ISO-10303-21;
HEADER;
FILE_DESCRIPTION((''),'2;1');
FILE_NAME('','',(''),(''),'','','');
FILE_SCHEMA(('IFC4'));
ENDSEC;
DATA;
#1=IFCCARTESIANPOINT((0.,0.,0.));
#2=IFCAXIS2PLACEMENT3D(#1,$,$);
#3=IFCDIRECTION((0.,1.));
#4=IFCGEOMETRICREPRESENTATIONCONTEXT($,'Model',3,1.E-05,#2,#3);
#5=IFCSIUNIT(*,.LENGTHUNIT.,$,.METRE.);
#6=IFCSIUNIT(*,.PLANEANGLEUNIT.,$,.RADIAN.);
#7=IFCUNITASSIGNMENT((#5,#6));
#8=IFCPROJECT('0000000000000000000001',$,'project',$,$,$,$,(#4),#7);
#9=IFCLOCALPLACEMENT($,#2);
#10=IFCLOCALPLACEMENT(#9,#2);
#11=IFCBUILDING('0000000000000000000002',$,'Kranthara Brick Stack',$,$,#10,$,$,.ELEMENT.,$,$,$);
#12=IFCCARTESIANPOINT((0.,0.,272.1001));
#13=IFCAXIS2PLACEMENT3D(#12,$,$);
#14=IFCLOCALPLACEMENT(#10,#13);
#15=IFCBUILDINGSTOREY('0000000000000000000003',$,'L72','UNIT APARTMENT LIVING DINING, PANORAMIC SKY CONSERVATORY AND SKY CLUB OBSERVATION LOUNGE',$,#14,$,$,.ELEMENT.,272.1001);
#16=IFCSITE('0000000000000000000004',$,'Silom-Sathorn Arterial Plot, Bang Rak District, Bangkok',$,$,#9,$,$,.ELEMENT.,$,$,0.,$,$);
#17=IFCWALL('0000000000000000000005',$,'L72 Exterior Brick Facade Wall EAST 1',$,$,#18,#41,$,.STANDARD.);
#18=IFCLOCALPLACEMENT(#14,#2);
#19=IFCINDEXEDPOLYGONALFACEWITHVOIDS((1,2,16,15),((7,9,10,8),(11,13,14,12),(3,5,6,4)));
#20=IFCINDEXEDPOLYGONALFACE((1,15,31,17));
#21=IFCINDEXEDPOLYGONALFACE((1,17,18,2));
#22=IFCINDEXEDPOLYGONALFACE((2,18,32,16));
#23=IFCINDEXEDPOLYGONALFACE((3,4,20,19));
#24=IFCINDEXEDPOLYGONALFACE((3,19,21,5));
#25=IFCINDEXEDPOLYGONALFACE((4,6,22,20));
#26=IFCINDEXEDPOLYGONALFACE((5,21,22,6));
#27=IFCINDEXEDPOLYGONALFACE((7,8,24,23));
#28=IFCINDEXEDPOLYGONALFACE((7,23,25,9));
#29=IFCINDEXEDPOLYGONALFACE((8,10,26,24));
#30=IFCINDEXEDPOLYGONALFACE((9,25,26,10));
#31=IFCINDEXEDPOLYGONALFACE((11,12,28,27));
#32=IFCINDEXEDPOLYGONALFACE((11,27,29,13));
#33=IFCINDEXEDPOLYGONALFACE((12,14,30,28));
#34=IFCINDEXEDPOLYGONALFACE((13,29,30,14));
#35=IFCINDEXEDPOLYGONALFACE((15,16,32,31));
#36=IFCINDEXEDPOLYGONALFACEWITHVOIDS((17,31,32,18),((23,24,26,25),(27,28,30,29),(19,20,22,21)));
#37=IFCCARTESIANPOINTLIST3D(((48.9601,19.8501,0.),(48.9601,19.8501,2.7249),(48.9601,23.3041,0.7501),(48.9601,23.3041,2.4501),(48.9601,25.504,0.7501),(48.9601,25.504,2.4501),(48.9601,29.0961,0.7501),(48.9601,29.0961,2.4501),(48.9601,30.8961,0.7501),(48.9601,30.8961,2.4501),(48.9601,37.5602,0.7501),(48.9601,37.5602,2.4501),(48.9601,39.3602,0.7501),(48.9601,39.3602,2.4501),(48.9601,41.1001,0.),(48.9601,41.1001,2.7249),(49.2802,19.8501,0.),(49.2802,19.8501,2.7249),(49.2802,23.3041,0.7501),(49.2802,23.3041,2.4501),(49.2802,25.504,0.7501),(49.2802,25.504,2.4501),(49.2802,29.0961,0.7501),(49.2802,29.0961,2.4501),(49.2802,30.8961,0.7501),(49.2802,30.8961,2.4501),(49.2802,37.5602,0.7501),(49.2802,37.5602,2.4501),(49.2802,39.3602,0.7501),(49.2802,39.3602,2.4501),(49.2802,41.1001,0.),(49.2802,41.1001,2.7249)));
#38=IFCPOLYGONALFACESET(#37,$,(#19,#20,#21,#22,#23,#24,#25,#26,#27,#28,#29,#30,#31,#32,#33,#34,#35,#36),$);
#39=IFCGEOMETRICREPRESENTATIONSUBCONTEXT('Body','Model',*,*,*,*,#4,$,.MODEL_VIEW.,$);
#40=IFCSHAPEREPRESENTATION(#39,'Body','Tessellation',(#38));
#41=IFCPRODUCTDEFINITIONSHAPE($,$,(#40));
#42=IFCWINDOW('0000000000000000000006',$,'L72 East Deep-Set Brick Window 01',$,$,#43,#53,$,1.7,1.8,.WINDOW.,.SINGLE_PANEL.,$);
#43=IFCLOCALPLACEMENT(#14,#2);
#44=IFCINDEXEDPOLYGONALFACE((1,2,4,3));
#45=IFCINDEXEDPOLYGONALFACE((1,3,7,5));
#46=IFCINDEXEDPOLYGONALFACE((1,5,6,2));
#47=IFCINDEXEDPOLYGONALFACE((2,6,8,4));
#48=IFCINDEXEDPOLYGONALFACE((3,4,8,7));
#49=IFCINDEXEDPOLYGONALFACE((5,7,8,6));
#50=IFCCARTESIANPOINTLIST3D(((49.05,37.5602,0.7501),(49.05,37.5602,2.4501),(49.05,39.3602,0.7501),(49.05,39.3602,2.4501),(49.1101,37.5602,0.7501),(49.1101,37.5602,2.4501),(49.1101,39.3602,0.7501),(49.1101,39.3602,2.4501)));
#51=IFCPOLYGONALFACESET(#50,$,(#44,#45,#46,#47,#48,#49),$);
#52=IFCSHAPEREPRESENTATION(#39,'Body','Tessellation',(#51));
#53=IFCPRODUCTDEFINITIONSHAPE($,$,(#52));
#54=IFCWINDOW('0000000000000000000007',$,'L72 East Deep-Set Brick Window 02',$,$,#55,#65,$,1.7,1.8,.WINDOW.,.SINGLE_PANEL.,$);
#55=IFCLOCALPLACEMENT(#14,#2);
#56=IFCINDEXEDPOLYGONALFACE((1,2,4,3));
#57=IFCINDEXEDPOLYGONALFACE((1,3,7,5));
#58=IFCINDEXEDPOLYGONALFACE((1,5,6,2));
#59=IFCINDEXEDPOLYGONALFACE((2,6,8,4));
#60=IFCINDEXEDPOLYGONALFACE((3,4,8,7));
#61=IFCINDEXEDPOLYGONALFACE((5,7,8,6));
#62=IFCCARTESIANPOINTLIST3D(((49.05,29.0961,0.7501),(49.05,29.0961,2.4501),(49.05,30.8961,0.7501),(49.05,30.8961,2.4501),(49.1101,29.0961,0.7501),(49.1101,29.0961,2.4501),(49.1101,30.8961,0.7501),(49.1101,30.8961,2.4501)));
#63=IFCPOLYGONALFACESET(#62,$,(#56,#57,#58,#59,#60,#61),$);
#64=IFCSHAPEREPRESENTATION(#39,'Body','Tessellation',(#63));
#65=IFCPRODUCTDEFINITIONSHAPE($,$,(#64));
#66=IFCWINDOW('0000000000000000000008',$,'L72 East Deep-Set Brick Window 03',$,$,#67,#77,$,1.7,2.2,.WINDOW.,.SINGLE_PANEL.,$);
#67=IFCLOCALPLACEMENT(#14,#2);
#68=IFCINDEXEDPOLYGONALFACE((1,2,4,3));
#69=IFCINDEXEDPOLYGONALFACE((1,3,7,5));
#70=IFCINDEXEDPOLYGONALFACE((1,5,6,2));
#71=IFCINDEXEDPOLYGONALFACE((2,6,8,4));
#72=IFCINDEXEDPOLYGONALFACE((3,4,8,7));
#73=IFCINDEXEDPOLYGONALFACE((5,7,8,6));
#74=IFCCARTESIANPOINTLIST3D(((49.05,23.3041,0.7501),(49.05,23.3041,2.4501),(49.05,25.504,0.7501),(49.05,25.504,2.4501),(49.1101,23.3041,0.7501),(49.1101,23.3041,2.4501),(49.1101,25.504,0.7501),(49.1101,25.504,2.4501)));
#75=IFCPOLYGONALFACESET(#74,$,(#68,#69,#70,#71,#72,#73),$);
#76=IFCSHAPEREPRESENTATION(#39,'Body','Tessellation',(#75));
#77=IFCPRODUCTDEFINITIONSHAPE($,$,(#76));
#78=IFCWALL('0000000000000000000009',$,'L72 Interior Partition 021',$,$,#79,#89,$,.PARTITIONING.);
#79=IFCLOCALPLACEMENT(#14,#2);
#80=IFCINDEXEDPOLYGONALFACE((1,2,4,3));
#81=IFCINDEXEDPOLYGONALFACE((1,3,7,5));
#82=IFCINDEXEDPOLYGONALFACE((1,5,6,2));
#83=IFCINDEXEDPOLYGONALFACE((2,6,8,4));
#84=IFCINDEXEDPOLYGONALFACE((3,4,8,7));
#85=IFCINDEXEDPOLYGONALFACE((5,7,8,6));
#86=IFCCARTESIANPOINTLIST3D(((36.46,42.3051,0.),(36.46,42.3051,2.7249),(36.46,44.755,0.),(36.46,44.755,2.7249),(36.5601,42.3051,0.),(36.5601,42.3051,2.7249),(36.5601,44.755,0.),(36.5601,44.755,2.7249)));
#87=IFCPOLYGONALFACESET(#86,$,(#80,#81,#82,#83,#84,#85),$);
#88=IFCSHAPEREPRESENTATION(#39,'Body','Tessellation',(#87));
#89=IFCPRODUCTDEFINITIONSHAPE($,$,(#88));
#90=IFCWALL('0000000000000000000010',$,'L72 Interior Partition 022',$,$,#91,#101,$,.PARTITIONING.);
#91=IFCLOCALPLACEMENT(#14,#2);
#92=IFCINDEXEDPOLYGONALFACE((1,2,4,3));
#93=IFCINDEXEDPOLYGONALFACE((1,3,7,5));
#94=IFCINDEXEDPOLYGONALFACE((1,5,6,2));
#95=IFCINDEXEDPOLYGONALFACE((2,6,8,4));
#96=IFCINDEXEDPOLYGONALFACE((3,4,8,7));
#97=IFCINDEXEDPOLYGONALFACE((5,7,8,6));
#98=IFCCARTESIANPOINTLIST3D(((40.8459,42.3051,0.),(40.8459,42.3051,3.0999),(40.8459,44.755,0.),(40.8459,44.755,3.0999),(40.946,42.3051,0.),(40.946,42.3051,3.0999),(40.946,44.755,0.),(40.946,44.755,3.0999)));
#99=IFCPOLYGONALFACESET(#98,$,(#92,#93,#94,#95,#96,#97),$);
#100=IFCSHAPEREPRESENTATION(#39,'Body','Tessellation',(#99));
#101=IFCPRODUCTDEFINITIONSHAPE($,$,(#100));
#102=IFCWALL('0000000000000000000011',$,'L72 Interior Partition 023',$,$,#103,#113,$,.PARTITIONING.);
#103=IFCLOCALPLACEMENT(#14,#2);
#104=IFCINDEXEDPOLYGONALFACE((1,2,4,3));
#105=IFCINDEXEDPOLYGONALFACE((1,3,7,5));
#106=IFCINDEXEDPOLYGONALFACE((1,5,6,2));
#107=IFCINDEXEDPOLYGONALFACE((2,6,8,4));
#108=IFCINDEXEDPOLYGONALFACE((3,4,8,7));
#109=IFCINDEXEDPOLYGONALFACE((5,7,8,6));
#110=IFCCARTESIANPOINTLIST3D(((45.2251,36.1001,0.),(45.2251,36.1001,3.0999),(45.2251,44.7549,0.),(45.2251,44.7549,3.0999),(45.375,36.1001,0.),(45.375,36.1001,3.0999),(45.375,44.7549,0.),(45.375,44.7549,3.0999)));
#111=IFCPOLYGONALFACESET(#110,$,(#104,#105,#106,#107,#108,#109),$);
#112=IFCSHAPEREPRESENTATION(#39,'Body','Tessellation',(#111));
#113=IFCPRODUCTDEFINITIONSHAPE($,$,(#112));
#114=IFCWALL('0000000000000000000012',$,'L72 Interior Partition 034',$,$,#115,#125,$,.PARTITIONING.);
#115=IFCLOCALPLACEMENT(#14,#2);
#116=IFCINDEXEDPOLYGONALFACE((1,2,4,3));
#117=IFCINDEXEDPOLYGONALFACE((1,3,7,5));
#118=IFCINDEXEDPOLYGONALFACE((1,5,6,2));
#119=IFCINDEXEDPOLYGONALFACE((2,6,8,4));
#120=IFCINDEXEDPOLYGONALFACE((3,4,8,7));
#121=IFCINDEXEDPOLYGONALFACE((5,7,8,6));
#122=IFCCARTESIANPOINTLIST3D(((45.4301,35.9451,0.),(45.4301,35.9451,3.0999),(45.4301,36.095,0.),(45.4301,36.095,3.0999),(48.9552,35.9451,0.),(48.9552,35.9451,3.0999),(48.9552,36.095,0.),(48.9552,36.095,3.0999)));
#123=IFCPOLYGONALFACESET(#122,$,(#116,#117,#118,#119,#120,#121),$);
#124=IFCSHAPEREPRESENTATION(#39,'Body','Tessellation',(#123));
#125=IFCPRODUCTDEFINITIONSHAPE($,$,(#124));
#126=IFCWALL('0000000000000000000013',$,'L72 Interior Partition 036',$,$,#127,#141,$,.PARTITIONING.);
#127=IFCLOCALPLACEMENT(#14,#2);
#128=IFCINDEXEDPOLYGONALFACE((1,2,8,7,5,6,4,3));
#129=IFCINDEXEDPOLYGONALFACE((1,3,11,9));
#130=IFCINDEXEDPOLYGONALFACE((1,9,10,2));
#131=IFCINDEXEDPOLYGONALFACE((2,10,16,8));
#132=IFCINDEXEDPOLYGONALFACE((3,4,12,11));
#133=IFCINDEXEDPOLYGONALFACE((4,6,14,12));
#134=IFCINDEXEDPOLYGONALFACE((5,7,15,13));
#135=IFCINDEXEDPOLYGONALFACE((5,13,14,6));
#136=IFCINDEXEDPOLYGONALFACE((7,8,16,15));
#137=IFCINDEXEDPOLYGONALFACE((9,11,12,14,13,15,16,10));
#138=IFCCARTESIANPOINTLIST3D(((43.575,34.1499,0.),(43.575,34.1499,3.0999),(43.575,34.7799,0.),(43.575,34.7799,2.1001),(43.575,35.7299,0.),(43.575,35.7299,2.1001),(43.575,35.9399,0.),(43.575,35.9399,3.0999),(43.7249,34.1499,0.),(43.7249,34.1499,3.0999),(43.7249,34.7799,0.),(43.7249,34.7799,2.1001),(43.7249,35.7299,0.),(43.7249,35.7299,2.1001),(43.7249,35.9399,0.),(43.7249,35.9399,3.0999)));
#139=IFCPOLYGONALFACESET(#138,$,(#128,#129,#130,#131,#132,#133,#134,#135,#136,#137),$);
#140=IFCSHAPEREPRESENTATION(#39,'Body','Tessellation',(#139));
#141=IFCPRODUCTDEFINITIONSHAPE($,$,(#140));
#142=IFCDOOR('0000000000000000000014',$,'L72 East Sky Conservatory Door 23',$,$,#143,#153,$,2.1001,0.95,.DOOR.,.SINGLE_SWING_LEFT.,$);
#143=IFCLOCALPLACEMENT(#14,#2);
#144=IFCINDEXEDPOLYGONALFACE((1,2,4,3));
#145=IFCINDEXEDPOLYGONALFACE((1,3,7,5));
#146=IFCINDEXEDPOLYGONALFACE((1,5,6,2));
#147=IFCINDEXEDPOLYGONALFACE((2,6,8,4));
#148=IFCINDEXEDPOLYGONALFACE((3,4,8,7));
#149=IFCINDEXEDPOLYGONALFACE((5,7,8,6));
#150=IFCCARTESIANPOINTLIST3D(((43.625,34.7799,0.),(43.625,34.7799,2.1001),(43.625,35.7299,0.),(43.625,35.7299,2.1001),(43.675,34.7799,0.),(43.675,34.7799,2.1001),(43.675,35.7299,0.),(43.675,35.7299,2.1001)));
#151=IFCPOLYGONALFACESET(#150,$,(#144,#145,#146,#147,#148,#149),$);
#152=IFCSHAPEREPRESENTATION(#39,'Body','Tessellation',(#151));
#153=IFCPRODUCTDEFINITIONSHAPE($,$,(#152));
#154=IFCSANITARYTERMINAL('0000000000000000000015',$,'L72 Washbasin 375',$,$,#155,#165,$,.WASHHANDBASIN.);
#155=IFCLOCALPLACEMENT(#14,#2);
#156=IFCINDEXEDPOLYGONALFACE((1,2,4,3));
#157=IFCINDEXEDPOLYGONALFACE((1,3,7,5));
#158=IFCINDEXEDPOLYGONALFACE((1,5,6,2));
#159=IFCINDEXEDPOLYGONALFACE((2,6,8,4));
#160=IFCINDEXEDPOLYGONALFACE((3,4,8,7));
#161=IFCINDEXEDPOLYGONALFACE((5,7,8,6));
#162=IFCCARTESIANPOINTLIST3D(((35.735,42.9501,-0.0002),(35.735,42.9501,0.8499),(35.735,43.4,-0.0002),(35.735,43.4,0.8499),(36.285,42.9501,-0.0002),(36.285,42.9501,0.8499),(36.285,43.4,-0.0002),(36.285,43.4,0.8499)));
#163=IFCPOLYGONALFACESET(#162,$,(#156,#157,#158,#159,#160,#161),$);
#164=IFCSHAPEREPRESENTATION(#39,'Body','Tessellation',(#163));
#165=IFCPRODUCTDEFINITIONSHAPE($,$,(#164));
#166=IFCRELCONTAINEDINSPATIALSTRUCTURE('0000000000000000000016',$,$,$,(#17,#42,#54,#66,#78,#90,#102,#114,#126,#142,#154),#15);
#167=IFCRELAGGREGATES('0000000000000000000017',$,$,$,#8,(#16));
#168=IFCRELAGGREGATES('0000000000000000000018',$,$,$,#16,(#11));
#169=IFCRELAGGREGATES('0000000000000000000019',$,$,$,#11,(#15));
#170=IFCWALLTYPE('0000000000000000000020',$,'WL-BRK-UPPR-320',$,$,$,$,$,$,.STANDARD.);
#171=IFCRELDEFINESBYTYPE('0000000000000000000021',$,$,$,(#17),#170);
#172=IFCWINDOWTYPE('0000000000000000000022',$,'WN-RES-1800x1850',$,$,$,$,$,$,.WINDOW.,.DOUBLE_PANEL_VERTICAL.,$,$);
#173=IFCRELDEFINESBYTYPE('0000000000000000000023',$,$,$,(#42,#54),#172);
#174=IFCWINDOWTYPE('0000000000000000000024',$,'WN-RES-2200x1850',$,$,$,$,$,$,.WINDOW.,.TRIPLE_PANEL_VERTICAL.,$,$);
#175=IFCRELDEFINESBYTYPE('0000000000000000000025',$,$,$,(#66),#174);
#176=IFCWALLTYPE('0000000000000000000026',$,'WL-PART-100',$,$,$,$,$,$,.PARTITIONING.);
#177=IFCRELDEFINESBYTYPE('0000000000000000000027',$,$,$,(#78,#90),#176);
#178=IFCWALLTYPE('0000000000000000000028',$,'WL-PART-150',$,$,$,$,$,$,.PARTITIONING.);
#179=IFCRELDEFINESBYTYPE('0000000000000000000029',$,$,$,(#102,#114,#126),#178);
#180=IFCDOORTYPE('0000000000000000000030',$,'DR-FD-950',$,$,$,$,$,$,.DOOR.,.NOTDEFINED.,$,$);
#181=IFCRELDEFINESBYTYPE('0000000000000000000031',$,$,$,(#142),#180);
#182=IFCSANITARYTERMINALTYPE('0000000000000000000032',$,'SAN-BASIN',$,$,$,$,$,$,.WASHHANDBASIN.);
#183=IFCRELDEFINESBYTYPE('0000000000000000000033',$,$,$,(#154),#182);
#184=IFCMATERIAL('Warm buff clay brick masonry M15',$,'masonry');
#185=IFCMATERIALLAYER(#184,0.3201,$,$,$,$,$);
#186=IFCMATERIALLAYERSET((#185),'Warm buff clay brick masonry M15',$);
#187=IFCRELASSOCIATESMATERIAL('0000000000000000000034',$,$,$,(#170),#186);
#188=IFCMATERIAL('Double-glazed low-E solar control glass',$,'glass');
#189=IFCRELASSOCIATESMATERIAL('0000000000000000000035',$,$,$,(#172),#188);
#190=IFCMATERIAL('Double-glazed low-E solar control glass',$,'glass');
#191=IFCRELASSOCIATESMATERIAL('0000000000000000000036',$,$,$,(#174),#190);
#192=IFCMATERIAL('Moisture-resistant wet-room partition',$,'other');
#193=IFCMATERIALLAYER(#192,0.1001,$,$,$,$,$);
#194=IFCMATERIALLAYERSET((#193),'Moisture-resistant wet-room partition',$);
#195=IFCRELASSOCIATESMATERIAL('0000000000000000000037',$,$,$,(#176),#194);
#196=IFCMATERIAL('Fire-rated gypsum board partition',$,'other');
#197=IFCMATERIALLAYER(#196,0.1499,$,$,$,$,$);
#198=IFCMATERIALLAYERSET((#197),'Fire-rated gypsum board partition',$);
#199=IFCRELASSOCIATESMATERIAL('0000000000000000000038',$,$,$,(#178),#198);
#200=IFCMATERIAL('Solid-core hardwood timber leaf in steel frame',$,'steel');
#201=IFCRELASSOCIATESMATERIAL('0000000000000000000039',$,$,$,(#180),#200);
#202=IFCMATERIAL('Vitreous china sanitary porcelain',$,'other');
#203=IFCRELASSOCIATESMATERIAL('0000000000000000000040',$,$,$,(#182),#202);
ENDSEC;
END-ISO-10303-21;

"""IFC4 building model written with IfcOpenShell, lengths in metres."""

from ifc_helpers import new_model, si_unit, direction, frame, frame_2d, origin, origin_2d, place, context, subcontext, project, spatial, rectangle, extrude, material, layer, layer_set, type_object, element, fill, save


model = new_model("IFC4")

# Units and contexts
model_context = context("Model", 3, precision=1e-05, world=origin(), true_north=direction((0.0, 1.0)))
body_context = subcontext(model_context, "Body", "Model", "MODEL_VIEW")
ifc_project = project(units=[si_unit("LENGTHUNIT", "METRE"), si_unit("PLANEANGLEUNIT", "RADIAN")], contexts=[model_context])

# Site, building, storey
site_placement = place(None, origin())
site = spatial("IfcSite", under=ifc_project, at=site_placement, Name="Silom-Sathorn Arterial Plot, Bang Rak District, Bangkok", CompositionType="ELEMENT", RefElevation=0.0)
building_placement = place(site_placement, origin())
building = spatial("IfcBuilding", under=site, at=building_placement, Name="Kranthara Brick Stack", CompositionType="ELEMENT")
storey_placement = place(building_placement, frame((0.0, 0.0, 272.1001)))
storey = spatial("IfcBuildingStorey", under=building, at=storey_placement, Name="L72", Description="UNIT APARTMENT LIVING DINING, PANORAMIC SKY CONSERVATORY AND SKY CLUB OBSERVATION LOUNGE", CompositionType="ELEMENT", Elevation=272.1001)

# Shared definitions
ifc_material_1 = material(Name="Warm buff clay brick masonry M15", Category="masonry")
ifc_layer_1 = layer(ifc_material_1, 0.3201)
ifc_layer_set_1 = layer_set([ifc_layer_1], Name="Warm buff clay brick masonry M15")
wall_type_1 = type_object("IfcWallType", Name="WL-BRK-UPPR-320", PredefinedType="STANDARD", material=ifc_layer_set_1)

# Wall, openings, windows
wall_1_placement = place(storey_placement, frame((49.1201, 41.1001, 0.0), z_axis=(0.0, 0.0, 1.0), x_axis=(0.0, -1.0, 0.0)))
wall_1 = element("IfcWall", 1, at=wall_1_placement, inside=storey, type_object=wall_type_1, Name="L72 Exterior Brick Facade Wall EAST 1", PredefinedType="STANDARD", context=body_context, shape_type="SweptSolid", body=[
    extrude(rectangle(XDim=21.25, YDim=0.3201, at=frame_2d((10.625, 0.0))), origin(), (0.0, 0.0, 1.0), 2.7249),
])
opening_1_placement = place(wall_1_placement, frame((1.74, 0.0, 0.75)))
opening_1 = element("IfcOpeningElement", 2, at=opening_1_placement, cuts=wall_1, PredefinedType="OPENING", context=body_context, shape_type="SweptSolid", body=[
    extrude(rectangle(XDim=1.8, YDim=1.7, at=frame_2d((0.8999, 0.8501))), frame((0.0, 0.1699, 0.0), z_axis=(0.0, -1.0, 0.0), x_axis=(1.0, 0.0, 0.0)), (0.0, 0.0, 1.0), 0.3401),
])
opening_2_placement = place(wall_1_placement, frame((10.2041, 0.0, 0.75)))
opening_2 = element("IfcOpeningElement", 3, at=opening_2_placement, cuts=wall_1, PredefinedType="OPENING", context=body_context, shape_type="SweptSolid", body=[
    extrude(rectangle(XDim=1.8, YDim=1.7, at=frame_2d((0.8999, 0.8501))), frame((0.0, 0.1699, 0.0), z_axis=(0.0, -1.0, 0.0), x_axis=(1.0, 0.0, 0.0)), (0.0, 0.0, 1.0), 0.3401),
])
opening_3_placement = place(wall_1_placement, frame((15.5959, 0.0, 0.75)))
opening_3 = element("IfcOpeningElement", 4, at=opening_3_placement, cuts=wall_1, PredefinedType="OPENING", context=body_context, shape_type="SweptSolid", body=[
    extrude(rectangle(XDim=2.2, YDim=1.7, at=frame_2d((1.1001, 0.8501))), frame((0.0, 0.1699, 0.0), z_axis=(0.0, -1.0, 0.0), x_axis=(1.0, 0.0, 0.0)), (0.0, 0.0, 1.0), 0.3401),
])
ifc_material_2 = material(Name="Double-glazed low-E solar control glass", Category="glass")
window_type_1 = type_object("IfcWindowType", Name="WN-RES-1800x1850", PartitioningType="DOUBLE_PANEL_VERTICAL", PredefinedType="WINDOW", material=ifc_material_2)
window_1_placement = place(opening_1_placement, origin())
window_1 = element("IfcWindow", 5, at=window_1_placement, inside=storey, type_object=window_type_1, Name="L72 East Deep-Set Brick Window 01", OverallHeight=1.7, OverallWidth=1.8, PartitioningType="SINGLE_PANEL", PredefinedType="WINDOW", context=body_context, shape_type="SweptSolid", body=[
    extrude(rectangle(XDim=1.8, YDim=1.7, at=frame_2d((0.8999, 0.8501))), frame((0.0, -0.01, 0.0), z_axis=(0.0, -1.0, 0.0), x_axis=(1.0, 0.0, 0.0)), (0.0, 0.0, 1.0), 0.0601),
])
fill(opening_1, window_1)
window_2_placement = place(opening_2_placement, origin())
window_2 = element("IfcWindow", 6, at=window_2_placement, inside=storey, type_object=window_type_1, Name="L72 East Deep-Set Brick Window 02", OverallHeight=1.7, OverallWidth=1.8, PartitioningType="SINGLE_PANEL", PredefinedType="WINDOW", context=body_context, shape_type="SweptSolid", body=[
    extrude(rectangle(XDim=1.8, YDim=1.7, at=frame_2d((0.8999, 0.8501))), frame((0.0, -0.01, 0.0), z_axis=(0.0, -1.0, 0.0), x_axis=(1.0, 0.0, 0.0)), (0.0, 0.0, 1.0), 0.0601),
])
fill(opening_2, window_2)
ifc_material_3 = material(Name="Double-glazed low-E solar control glass", Category="glass")
window_type_2 = type_object("IfcWindowType", Name="WN-RES-2200x1850", PartitioningType="TRIPLE_PANEL_VERTICAL", PredefinedType="WINDOW", material=ifc_material_3)
window_3_placement = place(opening_3_placement, origin())
window_3 = element("IfcWindow", 7, at=window_3_placement, inside=storey, type_object=window_type_2, Name="L72 East Deep-Set Brick Window 03", OverallHeight=1.7, OverallWidth=2.2, PartitioningType="SINGLE_PANEL", PredefinedType="WINDOW", context=body_context, shape_type="SweptSolid", body=[
    extrude(rectangle(XDim=2.2, YDim=1.7, at=frame_2d((1.1001, 0.8501))), frame((0.0, -0.01, 0.0), z_axis=(0.0, -1.0, 0.0), x_axis=(1.0, 0.0, 0.0)), (0.0, 0.0, 1.0), 0.0601),
])
fill(opening_3, window_3)

# Walls
ifc_material_4 = material(Name="Moisture-resistant wet-room partition", Category="other")
ifc_layer_2 = layer(ifc_material_4, 0.1001)
ifc_layer_set_2 = layer_set([ifc_layer_2], Name="Moisture-resistant wet-room partition")
wall_type_2 = type_object("IfcWallType", Name="WL-PART-100", PredefinedType="PARTITIONING", material=ifc_layer_set_2)
wall_2_placement = place(storey_placement, frame((36.51, 42.3049, 0.0), z_axis=(0.0, 0.0, 1.0), x_axis=(0.0, 1.0, 0.0)))
element("IfcWall", 8, at=wall_2_placement, inside=storey, type_object=wall_type_2, Name="L72 Interior Partition 021", PredefinedType="PARTITIONING", context=body_context, shape_type="SweptSolid", body=[
    extrude(rectangle(XDim=2.45, YDim=0.1001, at=frame_2d((1.2251, 0.0))), origin(), (0.0, 0.0, 1.0), 2.7249),
])
wall_3_placement = place(storey_placement, frame((40.896, 42.3049, 0.0), z_axis=(0.0, 0.0, 1.0), x_axis=(0.0, 1.0, 0.0)))
element("IfcWall", 9, at=wall_3_placement, inside=storey, type_object=wall_type_2, Name="L72 Interior Partition 022", PredefinedType="PARTITIONING", context=body_context, shape_type="SweptSolid", body=[
    extrude(rectangle(XDim=2.45, YDim=0.1001, at=frame_2d((1.2251, 0.0))), origin(), (0.0, 0.0, 1.0), 3.0999),
])
ifc_material_5 = material(Name="Fire-rated gypsum board partition", Category="other")
ifc_layer_3 = layer(ifc_material_5, 0.1499)
ifc_layer_set_3 = layer_set([ifc_layer_3], Name="Fire-rated gypsum board partition")
wall_type_3 = type_object("IfcWallType", Name="WL-PART-150", PredefinedType="PARTITIONING", material=ifc_layer_set_3)
wall_4_placement = place(storey_placement, frame((45.3, 36.1001, 0.0), z_axis=(0.0, 0.0, 1.0), x_axis=(0.0, 1.0, 0.0)))
element("IfcWall", 10, at=wall_4_placement, inside=storey, type_object=wall_type_3, Name="L72 Interior Partition 023", PredefinedType="PARTITIONING", context=body_context, shape_type="SweptSolid", body=[
    extrude(rectangle(XDim=8.6548, YDim=0.1499, at=frame_2d((4.3274, 0.0))), origin(), (0.0, 0.0, 1.0), 3.0999),
])
wall_5_placement = place(storey_placement, frame((45.4299, 36.02, 0.0), z_axis=(0.0, 0.0, 1.0), x_axis=(1.0, 0.0, 0.0)))
element("IfcWall", 11, at=wall_5_placement, inside=storey, type_object=wall_type_3, Name="L72 Interior Partition 034", PredefinedType="PARTITIONING", context=body_context, shape_type="SweptSolid", body=[
    extrude(rectangle(XDim=3.5251, YDim=0.1499, at=frame_2d((1.7627, 0.0))), origin(), (0.0, 0.0, 1.0), 3.0999),
])

# Wall, opening, door
wall_6_placement = place(storey_placement, frame((43.6499, 34.1499, 0.0), z_axis=(0.0, 0.0, 1.0), x_axis=(0.0, 1.0, 0.0)))
wall_6 = element("IfcWall", 12, at=wall_6_placement, inside=storey, type_object=wall_type_3, Name="L72 Interior Partition 036", PredefinedType="PARTITIONING", context=body_context, shape_type="SweptSolid", body=[
    extrude(rectangle(XDim=1.79, YDim=0.1499, at=frame_2d((0.895, 0.0))), origin(), (0.0, 0.0, 1.0), 3.0999),
])
opening_4_placement = place(wall_6_placement, frame((0.6299, 0.0, 0.0)))
opening_4 = element("IfcOpeningElement", 13, at=opening_4_placement, cuts=wall_6, PredefinedType="OPENING", context=body_context, shape_type="SweptSolid", body=[
    extrude(rectangle(XDim=0.95, YDim=2.1001, at=frame_2d((0.4751, 1.05))), frame((0.0, 0.085, 0.0), z_axis=(0.0, -1.0, 0.0), x_axis=(1.0, 0.0, 0.0)), (0.0, 0.0, 1.0), 0.1699),
])
ifc_material_6 = material(Name="Solid-core hardwood timber leaf in steel frame", Category="steel")
door_type = type_object("IfcDoorType", Name="DR-FD-950", OperationType="NOTDEFINED", PredefinedType="DOOR", material=ifc_material_6)
door_placement = place(opening_4_placement, origin())
door = element("IfcDoor", 14, at=door_placement, inside=storey, type_object=door_type, Name="L72 East Sky Conservatory Door 23", OperationType="SINGLE_SWING_LEFT", OverallHeight=2.1001, OverallWidth=0.95, PredefinedType="DOOR", context=body_context, shape_type="SweptSolid", body=[
    extrude(rectangle(XDim=0.95, YDim=2.1001, at=frame_2d((0.4751, 1.05))), frame((0.0, 0.0249, 0.0), z_axis=(0.0, -1.0, 0.0), x_axis=(1.0, 0.0, 0.0)), (0.0, 0.0, 1.0), 0.05),
])
fill(opening_4, door)

# Sanitary terminal
ifc_material_7 = material(Name="Vitreous china sanitary porcelain", Category="other")
sanitary_terminal_type_1 = type_object("IfcSanitaryTerminalType", Name="SAN-BASIN", PredefinedType="WASHHANDBASIN", material=ifc_material_7)
sanitary_terminal_1_placement = place(storey_placement, frame((36.01, 43.175, -0.0002), z_axis=(0.0, 0.0, 1.0), x_axis=(1.0, 0.0, 0.0)))
element("IfcSanitaryTerminal", 15, at=sanitary_terminal_1_placement, inside=storey, type_object=sanitary_terminal_type_1, Name="L72 Washbasin 375", PredefinedType="WASHHANDBASIN", context=body_context, shape_type="SweptSolid", body=[
    extrude(rectangle(XDim=0.55, YDim=0.45, at=origin_2d()), origin(), (0.0, 0.0, 1.0), 0.8501),
])

save(model, "model.ifc")
